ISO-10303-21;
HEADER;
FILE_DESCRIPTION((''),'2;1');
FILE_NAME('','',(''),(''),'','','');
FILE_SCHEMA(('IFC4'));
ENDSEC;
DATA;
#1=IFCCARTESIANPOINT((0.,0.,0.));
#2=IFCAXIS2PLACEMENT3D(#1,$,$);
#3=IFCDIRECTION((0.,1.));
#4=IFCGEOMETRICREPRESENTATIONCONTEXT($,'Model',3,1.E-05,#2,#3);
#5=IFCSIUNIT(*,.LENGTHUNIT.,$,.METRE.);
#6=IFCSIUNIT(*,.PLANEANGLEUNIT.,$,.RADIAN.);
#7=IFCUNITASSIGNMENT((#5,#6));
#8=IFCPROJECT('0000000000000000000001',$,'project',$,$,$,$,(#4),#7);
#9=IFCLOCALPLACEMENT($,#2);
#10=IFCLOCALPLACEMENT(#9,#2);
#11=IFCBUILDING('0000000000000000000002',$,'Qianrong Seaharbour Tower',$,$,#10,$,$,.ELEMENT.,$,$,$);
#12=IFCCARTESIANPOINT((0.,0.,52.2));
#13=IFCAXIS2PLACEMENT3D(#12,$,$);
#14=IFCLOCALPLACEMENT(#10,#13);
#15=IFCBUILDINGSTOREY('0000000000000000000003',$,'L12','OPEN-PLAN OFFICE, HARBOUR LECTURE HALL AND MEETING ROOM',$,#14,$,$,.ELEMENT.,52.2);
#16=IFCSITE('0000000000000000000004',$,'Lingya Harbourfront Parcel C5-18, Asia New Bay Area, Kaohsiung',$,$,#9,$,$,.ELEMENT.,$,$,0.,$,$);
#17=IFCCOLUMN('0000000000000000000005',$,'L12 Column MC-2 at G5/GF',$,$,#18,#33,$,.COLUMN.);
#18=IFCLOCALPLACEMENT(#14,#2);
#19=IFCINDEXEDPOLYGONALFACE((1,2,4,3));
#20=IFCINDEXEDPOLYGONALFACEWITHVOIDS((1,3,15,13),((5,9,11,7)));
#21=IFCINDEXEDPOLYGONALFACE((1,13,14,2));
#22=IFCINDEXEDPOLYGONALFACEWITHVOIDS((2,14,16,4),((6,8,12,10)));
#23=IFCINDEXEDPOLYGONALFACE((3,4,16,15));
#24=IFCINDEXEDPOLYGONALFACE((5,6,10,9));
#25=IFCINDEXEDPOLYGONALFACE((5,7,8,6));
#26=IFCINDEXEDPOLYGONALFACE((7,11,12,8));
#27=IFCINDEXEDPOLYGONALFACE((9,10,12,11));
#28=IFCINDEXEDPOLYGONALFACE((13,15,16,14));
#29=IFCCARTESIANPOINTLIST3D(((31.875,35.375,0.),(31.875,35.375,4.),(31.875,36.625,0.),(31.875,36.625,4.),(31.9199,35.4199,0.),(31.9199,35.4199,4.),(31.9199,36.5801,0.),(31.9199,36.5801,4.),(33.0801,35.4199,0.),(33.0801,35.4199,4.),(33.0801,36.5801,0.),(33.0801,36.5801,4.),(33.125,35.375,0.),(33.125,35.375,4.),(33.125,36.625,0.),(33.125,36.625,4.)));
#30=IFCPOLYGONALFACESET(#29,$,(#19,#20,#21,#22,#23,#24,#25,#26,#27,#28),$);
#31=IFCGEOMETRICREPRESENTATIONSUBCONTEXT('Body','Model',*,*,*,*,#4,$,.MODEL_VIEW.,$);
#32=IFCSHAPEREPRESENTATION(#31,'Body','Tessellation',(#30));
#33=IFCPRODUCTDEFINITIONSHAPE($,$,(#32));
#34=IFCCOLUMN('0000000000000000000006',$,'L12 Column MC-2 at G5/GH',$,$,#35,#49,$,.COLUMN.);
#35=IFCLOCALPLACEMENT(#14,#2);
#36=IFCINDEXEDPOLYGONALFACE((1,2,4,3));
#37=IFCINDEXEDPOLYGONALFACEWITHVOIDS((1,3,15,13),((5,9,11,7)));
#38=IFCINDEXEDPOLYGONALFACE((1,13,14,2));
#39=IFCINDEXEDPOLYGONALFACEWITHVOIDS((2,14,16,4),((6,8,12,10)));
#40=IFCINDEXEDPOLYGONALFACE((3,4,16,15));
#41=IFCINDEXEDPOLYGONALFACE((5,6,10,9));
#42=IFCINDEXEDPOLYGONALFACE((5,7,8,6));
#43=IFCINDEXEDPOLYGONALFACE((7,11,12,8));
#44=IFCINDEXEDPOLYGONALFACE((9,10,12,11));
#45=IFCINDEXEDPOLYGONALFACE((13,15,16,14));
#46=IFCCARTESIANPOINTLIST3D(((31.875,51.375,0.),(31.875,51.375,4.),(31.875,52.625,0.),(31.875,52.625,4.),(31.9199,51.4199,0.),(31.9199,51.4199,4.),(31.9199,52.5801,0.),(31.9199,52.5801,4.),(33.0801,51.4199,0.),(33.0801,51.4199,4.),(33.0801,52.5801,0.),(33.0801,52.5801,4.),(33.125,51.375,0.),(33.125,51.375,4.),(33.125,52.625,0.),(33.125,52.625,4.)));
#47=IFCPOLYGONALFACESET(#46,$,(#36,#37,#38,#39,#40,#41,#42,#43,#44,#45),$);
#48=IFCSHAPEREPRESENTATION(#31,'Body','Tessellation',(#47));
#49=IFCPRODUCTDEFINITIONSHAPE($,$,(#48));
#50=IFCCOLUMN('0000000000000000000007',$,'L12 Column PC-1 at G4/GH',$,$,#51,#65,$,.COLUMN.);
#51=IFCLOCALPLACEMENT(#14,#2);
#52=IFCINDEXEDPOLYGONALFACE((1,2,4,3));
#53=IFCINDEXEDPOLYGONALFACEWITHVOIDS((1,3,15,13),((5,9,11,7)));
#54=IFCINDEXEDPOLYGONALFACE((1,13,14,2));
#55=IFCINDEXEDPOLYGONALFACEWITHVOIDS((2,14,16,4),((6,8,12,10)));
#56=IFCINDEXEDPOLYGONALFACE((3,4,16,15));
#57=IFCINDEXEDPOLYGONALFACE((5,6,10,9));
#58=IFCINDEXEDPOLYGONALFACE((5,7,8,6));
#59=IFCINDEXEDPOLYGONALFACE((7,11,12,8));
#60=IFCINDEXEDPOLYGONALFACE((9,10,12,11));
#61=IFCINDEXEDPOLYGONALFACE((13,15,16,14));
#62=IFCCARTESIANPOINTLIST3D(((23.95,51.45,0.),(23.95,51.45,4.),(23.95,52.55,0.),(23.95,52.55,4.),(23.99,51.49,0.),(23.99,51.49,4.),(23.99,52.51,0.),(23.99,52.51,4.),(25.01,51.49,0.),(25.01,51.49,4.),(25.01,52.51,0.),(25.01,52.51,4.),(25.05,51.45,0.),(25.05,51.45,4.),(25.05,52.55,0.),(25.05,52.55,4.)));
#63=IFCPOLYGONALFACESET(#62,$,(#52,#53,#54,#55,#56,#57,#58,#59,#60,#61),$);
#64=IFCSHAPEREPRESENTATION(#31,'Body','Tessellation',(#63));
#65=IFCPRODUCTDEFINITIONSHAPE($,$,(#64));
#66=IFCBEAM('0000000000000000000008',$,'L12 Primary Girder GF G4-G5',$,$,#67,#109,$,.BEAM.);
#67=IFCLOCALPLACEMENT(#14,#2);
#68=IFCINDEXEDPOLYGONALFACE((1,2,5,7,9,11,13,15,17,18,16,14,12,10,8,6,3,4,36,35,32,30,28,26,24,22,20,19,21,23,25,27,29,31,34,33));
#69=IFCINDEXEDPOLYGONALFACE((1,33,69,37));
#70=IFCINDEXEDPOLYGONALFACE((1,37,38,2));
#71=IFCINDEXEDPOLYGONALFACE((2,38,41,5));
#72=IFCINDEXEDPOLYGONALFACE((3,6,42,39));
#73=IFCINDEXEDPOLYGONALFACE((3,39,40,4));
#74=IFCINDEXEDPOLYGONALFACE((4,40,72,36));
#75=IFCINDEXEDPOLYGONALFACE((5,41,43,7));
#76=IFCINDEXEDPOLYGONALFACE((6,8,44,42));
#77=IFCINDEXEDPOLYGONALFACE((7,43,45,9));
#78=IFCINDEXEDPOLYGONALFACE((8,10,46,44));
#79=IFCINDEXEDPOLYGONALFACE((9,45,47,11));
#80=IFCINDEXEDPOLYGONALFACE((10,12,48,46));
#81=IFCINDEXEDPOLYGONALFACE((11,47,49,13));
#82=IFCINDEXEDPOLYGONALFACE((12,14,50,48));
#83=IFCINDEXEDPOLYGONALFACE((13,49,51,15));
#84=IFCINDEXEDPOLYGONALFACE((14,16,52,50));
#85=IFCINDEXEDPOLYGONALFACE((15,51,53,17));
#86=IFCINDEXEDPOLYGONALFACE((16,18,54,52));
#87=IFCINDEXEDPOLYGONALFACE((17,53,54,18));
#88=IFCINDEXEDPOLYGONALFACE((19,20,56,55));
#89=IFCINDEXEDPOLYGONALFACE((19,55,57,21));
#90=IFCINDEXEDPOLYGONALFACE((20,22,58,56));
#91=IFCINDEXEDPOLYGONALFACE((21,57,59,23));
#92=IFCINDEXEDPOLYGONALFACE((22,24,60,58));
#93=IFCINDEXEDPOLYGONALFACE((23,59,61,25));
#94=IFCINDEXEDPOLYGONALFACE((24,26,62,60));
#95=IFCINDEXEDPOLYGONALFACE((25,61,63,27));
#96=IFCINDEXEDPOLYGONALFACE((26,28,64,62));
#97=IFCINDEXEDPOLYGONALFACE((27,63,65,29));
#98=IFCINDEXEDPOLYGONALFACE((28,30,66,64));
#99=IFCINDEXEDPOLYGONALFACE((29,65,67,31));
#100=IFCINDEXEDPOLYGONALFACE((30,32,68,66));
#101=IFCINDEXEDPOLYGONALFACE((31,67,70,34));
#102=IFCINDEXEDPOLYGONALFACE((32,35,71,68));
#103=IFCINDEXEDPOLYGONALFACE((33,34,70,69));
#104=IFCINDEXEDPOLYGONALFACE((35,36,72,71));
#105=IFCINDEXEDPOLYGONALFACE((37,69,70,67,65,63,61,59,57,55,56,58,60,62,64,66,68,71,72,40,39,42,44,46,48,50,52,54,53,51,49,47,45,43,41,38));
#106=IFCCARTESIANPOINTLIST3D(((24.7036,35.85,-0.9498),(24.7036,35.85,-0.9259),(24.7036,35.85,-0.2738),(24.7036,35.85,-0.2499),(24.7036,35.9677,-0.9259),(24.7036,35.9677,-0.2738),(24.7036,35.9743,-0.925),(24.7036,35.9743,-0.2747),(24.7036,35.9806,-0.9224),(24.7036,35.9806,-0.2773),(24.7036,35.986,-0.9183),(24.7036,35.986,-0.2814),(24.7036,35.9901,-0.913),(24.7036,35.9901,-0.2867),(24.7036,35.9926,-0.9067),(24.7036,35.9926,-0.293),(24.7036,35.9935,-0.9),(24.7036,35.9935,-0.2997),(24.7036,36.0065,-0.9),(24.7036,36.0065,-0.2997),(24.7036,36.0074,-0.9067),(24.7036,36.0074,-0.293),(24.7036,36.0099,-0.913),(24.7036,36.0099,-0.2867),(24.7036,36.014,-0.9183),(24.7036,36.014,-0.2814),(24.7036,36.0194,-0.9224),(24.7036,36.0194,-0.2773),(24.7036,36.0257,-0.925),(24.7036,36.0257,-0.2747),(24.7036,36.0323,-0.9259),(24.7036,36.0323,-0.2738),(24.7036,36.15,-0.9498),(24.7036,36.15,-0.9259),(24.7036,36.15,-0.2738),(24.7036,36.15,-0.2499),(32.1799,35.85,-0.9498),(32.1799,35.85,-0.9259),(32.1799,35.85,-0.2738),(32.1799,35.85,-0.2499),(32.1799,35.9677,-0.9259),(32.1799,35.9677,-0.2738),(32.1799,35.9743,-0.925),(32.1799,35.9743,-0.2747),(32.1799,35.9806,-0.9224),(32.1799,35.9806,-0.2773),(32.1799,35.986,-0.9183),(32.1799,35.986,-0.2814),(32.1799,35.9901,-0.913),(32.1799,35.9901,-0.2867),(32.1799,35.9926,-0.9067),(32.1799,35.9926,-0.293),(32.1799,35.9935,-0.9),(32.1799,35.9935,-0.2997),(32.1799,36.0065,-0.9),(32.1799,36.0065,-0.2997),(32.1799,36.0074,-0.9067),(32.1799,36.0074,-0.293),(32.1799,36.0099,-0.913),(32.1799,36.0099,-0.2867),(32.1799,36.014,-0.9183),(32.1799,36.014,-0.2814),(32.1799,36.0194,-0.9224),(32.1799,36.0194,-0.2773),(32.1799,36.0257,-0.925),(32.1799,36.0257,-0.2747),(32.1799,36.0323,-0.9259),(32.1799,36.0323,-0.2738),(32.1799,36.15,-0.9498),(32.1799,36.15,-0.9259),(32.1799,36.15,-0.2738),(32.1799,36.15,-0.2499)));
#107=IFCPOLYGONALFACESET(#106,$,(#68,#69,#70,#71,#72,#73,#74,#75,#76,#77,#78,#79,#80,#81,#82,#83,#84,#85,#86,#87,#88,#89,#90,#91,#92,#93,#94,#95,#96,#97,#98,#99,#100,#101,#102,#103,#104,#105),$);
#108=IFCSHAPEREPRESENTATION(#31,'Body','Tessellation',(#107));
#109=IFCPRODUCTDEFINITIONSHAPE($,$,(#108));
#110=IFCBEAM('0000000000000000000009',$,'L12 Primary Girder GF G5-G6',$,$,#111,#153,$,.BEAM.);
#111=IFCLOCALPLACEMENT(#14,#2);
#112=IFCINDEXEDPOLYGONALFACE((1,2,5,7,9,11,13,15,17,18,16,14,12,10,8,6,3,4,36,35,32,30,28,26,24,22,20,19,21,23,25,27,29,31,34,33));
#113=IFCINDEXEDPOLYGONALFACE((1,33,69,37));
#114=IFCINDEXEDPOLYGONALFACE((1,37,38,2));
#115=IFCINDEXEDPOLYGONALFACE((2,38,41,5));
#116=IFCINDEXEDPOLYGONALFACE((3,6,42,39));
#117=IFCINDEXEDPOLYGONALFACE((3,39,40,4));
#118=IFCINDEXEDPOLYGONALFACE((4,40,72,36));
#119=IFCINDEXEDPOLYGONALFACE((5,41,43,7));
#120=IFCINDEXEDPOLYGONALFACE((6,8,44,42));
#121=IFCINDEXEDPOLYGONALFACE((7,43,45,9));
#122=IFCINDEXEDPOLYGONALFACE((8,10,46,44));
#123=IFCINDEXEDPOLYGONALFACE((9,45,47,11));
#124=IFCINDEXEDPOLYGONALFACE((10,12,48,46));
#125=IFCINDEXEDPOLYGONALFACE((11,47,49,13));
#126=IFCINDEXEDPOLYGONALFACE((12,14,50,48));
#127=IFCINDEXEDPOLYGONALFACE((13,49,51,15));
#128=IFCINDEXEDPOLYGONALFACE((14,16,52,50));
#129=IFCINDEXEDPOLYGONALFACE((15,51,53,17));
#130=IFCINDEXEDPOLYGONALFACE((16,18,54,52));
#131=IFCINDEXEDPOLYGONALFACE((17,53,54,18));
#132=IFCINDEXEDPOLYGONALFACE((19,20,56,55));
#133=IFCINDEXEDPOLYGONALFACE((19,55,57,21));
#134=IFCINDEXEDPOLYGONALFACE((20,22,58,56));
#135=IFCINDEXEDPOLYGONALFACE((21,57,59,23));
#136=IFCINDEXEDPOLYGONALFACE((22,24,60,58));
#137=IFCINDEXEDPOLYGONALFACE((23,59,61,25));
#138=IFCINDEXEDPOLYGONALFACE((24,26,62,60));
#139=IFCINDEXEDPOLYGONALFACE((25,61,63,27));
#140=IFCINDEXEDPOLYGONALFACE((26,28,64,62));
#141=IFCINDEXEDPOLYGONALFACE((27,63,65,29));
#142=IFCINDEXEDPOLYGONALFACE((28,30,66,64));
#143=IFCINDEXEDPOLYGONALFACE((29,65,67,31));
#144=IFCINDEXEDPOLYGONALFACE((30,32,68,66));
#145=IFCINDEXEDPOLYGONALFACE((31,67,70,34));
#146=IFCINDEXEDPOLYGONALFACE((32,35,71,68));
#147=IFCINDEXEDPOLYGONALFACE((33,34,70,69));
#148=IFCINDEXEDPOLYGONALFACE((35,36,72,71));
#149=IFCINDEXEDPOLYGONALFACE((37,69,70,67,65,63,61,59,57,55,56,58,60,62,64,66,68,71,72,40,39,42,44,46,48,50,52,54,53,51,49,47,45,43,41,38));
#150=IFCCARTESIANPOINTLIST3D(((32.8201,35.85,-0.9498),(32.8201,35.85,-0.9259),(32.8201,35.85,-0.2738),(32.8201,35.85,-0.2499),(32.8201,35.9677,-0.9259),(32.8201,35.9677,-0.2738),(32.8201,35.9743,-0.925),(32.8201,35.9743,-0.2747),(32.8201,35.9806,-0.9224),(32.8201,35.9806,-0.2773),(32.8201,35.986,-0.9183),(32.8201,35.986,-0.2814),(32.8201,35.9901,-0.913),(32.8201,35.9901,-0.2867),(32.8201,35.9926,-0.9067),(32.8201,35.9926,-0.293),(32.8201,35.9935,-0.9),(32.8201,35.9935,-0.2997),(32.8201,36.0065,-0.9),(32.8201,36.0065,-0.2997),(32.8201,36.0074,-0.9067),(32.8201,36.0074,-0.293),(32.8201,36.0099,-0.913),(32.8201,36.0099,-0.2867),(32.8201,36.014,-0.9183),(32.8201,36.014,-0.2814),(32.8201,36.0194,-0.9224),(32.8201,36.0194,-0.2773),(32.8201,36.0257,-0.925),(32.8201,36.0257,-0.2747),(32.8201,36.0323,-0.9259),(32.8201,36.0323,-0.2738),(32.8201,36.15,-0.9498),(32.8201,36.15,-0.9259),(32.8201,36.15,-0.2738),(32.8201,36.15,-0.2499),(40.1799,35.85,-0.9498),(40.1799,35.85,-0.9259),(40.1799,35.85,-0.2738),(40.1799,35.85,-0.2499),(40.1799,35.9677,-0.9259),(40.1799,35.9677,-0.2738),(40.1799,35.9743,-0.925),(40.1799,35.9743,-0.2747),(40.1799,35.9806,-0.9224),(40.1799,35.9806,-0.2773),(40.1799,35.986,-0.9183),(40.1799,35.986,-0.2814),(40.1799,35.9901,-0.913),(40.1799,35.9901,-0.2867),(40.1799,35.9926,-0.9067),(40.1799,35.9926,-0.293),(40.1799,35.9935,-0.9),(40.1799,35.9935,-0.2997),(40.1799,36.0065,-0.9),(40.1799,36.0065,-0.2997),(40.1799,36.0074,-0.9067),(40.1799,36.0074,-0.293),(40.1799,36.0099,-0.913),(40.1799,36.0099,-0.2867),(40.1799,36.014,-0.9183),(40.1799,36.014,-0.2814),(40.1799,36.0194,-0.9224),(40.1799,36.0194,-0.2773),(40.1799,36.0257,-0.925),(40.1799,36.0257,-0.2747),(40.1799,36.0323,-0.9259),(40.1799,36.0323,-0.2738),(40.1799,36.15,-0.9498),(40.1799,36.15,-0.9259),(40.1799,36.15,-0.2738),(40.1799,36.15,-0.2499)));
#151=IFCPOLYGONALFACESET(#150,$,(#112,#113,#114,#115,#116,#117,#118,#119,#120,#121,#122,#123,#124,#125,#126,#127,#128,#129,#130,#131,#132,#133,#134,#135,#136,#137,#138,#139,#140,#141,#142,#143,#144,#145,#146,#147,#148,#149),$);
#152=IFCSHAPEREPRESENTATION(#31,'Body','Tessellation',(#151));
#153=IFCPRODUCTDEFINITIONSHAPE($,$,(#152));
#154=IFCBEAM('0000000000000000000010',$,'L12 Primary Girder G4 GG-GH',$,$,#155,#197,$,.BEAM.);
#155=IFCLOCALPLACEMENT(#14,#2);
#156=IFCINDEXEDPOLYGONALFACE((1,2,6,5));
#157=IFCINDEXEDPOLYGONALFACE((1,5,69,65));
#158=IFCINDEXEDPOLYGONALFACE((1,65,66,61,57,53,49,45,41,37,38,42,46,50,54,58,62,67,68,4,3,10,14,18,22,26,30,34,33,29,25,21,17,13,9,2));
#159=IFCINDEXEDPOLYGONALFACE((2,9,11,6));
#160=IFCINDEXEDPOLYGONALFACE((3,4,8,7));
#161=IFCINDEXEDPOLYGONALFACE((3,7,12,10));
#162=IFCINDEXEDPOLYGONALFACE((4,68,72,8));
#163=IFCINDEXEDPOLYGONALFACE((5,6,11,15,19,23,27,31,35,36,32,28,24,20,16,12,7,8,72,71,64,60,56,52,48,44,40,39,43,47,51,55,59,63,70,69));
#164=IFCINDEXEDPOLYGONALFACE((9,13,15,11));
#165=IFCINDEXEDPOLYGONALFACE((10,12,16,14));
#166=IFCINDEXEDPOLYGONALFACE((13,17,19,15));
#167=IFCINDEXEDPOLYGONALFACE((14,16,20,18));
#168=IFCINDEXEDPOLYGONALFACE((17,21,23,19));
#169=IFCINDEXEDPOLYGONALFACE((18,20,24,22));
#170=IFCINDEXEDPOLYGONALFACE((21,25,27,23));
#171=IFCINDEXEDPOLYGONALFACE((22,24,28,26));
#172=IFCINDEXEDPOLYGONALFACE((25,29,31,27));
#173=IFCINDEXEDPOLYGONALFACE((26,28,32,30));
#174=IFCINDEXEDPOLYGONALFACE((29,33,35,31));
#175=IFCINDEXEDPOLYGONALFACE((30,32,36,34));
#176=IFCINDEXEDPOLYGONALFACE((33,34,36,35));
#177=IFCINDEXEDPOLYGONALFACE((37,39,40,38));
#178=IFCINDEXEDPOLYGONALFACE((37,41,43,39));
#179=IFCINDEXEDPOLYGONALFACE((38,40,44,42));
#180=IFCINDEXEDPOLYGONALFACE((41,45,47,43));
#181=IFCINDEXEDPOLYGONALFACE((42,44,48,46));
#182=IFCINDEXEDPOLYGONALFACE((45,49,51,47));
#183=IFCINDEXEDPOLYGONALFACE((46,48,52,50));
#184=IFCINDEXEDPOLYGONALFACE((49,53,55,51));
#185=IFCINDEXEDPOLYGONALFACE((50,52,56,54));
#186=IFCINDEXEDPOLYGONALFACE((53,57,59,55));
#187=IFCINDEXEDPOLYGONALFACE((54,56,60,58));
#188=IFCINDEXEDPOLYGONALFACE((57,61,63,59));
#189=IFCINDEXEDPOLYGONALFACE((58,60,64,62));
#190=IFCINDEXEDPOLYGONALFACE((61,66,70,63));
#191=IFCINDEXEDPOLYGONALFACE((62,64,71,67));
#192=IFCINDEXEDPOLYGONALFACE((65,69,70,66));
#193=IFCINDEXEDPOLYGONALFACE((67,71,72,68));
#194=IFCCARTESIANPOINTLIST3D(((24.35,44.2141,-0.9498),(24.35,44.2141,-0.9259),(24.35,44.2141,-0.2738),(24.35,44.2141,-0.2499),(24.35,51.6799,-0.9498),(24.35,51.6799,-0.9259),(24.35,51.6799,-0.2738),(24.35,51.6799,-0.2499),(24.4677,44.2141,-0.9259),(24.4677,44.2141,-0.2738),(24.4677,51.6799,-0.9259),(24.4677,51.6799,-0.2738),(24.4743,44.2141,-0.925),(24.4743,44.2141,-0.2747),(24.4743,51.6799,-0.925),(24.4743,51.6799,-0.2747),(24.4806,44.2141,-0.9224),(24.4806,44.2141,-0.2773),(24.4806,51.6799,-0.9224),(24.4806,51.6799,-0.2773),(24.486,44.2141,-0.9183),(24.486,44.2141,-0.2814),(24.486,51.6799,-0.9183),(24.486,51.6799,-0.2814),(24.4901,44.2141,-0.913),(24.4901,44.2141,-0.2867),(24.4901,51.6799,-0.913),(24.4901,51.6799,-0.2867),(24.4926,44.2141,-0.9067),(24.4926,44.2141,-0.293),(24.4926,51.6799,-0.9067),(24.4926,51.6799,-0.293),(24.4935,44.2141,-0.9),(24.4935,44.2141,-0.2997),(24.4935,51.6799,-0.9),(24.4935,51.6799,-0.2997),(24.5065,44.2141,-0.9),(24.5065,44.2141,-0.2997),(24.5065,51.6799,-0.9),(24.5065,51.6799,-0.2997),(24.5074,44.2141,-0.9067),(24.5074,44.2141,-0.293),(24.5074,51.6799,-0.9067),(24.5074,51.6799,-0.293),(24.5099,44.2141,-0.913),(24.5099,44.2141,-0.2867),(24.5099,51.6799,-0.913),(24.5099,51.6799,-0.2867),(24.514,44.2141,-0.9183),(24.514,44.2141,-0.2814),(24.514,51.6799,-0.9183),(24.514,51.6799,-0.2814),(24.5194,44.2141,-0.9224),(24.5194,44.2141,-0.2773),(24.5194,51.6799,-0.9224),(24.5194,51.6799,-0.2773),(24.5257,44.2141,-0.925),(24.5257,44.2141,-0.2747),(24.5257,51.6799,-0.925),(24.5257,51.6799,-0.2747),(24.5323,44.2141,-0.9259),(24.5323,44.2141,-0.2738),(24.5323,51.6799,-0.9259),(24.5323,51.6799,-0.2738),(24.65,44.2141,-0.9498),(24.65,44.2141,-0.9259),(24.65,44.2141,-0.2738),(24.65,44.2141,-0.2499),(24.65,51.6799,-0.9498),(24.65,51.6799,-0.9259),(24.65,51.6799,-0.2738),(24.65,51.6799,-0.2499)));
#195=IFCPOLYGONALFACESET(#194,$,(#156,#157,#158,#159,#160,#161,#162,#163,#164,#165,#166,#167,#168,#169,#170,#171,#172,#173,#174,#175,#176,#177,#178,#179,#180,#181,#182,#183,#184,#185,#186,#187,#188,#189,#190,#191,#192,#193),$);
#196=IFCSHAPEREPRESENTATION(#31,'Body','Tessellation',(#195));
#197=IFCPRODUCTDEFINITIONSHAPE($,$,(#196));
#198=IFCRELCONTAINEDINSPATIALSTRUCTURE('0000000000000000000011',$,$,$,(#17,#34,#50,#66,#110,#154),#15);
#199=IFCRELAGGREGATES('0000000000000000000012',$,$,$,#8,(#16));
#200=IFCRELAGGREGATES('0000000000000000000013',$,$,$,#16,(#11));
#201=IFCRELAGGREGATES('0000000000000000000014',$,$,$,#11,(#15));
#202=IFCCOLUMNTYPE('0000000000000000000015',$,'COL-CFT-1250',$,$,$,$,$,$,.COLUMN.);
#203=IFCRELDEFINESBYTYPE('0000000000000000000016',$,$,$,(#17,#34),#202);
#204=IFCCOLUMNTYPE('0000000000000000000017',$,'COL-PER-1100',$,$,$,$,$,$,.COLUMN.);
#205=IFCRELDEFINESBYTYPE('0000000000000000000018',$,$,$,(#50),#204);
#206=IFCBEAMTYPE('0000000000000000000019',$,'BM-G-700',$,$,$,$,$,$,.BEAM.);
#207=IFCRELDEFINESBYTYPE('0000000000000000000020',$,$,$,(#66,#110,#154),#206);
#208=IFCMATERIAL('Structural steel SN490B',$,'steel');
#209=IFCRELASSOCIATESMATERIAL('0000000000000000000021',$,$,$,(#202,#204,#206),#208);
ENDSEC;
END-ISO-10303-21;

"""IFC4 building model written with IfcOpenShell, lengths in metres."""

from ifc_helpers import new_model, si_unit, direction, frame, origin, origin_2d, place, context, subcontext, project, spatial, hollow_rectangle, i_section, extrude, material, material_profile, profile_set, type_object, element, save


model = new_model("IFC4")

# Units and contexts
model_context = context("Model", 3, precision=1e-05, world=origin(), true_north=direction((0.0, 1.0)))
body_context = subcontext(model_context, "Body", "Model", "MODEL_VIEW")
ifc_project = project(units=[si_unit("LENGTHUNIT", "METRE"), si_unit("PLANEANGLEUNIT", "RADIAN")], contexts=[model_context])

# Site, building, storey
site_placement = place(None, origin())
site = spatial("IfcSite", under=ifc_project, at=site_placement, Name="Lingya Harbourfront Parcel C5-18, Asia New Bay Area, Kaohsiung", CompositionType="ELEMENT", RefElevation=0.0)
building_placement = place(site_placement, origin())
building = spatial("IfcBuilding", under=site, at=building_placement, Name="Qianrong Seaharbour Tower", CompositionType="ELEMENT")
storey_placement = place(building_placement, frame((0.0, 0.0, 52.2)))
storey = spatial("IfcBuildingStorey", under=building, at=storey_placement, Name="L12", Description="OPEN-PLAN OFFICE, HARBOUR LECTURE HALL AND MEETING ROOM", CompositionType="ELEMENT", Elevation=52.2)

# Columns
ifc_material_1 = material(Name="Structural steel SN490B", Category="steel")
ifc_material_profile_1 = material_profile(ifc_material_1, hollow_rectangle(XDim=1.25, YDim=1.25, WallThickness=0.0449, at=origin_2d()), Name="BOX1250x1250x45")
ifc_profile_set_1 = profile_set([ifc_material_profile_1], Name="Structural steel SN490B")
column_type_1 = type_object("IfcColumnType", Name="COL-CFT-1250", PredefinedType="COLUMN", material=ifc_profile_set_1)
for number, where, z_axis, x_axis, name in (
    (1, (32.5, 36.0, 0.0), (0.0, 0.0, 1.0), (1.0, 0.0, 0.0), "L12 Column MC-2 at G5/GF"),
    (2, (32.5, 52.0, 0.0), (0.0, 0.0, 1.0), (1.0, 0.0, 0.0), "L12 Column MC-2 at G5/GH"),
):
    element("IfcColumn", number, at=place(storey_placement, frame(where, z_axis=z_axis, x_axis=x_axis)), inside=storey, type_object=column_type_1, Name=name, PredefinedType="COLUMN", context=body_context, shape_type="SweptSolid", body=[
        extrude(hollow_rectangle(XDim=1.25, YDim=1.25, WallThickness=0.0449, at=origin_2d()), origin(), (0.0, 0.0, 1.0), 4.0),
    ])
ifc_material_profile_2 = material_profile(ifc_material_1, hollow_rectangle(XDim=1.1001, YDim=1.1001, WallThickness=0.04, at=origin_2d()), Name="BOX1100x1100x40")
ifc_profile_set_2 = profile_set([ifc_material_profile_2], Name="Structural steel SN490B")
column_type_2 = type_object("IfcColumnType", Name="COL-PER-1100", PredefinedType="COLUMN", material=ifc_profile_set_2)
column_placement = place(storey_placement, frame((24.5, 52.0, 0.0), z_axis=(0.0, 0.0, 1.0), x_axis=(1.0, 0.0, 0.0)))
element("IfcColumn", 3, at=column_placement, inside=storey, type_object=column_type_2, Name="L12 Column PC-1 at G4/GH", PredefinedType="COLUMN", context=body_context, shape_type="SweptSolid", body=[
    extrude(hollow_rectangle(XDim=1.1001, YDim=1.1001, WallThickness=0.04, at=origin_2d()), origin(), (0.0, 0.0, 1.0), 4.0),
])

# Beams
ifc_material_profile_3 = material_profile(ifc_material_1, i_section(OverallWidth=0.3, OverallDepth=0.7, WebThickness=0.0129, FlangeThickness=0.0239, FilletRadius=0.0259, at=origin_2d()), Name="H700x300x13x24")
ifc_profile_set_3 = profile_set([ifc_material_profile_3], Name="Structural steel SN490B")
beam_type_1 = type_object("IfcBeamType", Name="BM-G-700", PredefinedType="BEAM", material=ifc_profile_set_3)
beam_1_placement = place(storey_placement, frame((24.7036, 36.0, -0.5999), z_axis=(1.0, 0.0, 0.0), x_axis=(0.0, 1.0, 0.0)))
element("IfcBeam", 4, at=beam_1_placement, inside=storey, type_object=beam_type_1, Name="L12 Primary Girder GF G4-G5", PredefinedType="BEAM", context=body_context, shape_type="SweptSolid", body=[
    extrude(i_section(OverallWidth=0.3, OverallDepth=0.7, WebThickness=0.0129, FlangeThickness=0.0239, FilletRadius=0.0259, at=origin_2d()), origin(), (0.0, 0.0, 1.0), 7.4763),
])
beam_2_placement = place(storey_placement, frame((32.8201, 36.0, -0.5999), z_axis=(1.0, 0.0, 0.0), x_axis=(0.0, 1.0, 0.0)))
element("IfcBeam", 5, at=beam_2_placement, inside=storey, type_object=beam_type_1, Name="L12 Primary Girder GF G5-G6", PredefinedType="BEAM", context=body_context, shape_type="SweptSolid", body=[
    extrude(i_section(OverallWidth=0.3, OverallDepth=0.7, WebThickness=0.0129, FlangeThickness=0.0239, FilletRadius=0.0259, at=origin_2d()), origin(), (0.0, 0.0, 1.0), 7.3599),
])
beam_3_placement = place(storey_placement, frame((24.5, 44.2141, -0.5999), z_axis=(0.0, 1.0, 0.0), x_axis=(-1.0, 0.0, 0.0)))
element("IfcBeam", 6, at=beam_3_placement, inside=storey, type_object=beam_type_1, Name="L12 Primary Girder G4 GG-GH", PredefinedType="BEAM", context=body_context, shape_type="SweptSolid", body=[
    extrude(i_section(OverallWidth=0.3, OverallDepth=0.7, WebThickness=0.0129, FlangeThickness=0.0239, FilletRadius=0.0259, at=origin_2d()), origin(), (0.0, 0.0, 1.0), 7.4658),
])

save(model, "model.ifc")
